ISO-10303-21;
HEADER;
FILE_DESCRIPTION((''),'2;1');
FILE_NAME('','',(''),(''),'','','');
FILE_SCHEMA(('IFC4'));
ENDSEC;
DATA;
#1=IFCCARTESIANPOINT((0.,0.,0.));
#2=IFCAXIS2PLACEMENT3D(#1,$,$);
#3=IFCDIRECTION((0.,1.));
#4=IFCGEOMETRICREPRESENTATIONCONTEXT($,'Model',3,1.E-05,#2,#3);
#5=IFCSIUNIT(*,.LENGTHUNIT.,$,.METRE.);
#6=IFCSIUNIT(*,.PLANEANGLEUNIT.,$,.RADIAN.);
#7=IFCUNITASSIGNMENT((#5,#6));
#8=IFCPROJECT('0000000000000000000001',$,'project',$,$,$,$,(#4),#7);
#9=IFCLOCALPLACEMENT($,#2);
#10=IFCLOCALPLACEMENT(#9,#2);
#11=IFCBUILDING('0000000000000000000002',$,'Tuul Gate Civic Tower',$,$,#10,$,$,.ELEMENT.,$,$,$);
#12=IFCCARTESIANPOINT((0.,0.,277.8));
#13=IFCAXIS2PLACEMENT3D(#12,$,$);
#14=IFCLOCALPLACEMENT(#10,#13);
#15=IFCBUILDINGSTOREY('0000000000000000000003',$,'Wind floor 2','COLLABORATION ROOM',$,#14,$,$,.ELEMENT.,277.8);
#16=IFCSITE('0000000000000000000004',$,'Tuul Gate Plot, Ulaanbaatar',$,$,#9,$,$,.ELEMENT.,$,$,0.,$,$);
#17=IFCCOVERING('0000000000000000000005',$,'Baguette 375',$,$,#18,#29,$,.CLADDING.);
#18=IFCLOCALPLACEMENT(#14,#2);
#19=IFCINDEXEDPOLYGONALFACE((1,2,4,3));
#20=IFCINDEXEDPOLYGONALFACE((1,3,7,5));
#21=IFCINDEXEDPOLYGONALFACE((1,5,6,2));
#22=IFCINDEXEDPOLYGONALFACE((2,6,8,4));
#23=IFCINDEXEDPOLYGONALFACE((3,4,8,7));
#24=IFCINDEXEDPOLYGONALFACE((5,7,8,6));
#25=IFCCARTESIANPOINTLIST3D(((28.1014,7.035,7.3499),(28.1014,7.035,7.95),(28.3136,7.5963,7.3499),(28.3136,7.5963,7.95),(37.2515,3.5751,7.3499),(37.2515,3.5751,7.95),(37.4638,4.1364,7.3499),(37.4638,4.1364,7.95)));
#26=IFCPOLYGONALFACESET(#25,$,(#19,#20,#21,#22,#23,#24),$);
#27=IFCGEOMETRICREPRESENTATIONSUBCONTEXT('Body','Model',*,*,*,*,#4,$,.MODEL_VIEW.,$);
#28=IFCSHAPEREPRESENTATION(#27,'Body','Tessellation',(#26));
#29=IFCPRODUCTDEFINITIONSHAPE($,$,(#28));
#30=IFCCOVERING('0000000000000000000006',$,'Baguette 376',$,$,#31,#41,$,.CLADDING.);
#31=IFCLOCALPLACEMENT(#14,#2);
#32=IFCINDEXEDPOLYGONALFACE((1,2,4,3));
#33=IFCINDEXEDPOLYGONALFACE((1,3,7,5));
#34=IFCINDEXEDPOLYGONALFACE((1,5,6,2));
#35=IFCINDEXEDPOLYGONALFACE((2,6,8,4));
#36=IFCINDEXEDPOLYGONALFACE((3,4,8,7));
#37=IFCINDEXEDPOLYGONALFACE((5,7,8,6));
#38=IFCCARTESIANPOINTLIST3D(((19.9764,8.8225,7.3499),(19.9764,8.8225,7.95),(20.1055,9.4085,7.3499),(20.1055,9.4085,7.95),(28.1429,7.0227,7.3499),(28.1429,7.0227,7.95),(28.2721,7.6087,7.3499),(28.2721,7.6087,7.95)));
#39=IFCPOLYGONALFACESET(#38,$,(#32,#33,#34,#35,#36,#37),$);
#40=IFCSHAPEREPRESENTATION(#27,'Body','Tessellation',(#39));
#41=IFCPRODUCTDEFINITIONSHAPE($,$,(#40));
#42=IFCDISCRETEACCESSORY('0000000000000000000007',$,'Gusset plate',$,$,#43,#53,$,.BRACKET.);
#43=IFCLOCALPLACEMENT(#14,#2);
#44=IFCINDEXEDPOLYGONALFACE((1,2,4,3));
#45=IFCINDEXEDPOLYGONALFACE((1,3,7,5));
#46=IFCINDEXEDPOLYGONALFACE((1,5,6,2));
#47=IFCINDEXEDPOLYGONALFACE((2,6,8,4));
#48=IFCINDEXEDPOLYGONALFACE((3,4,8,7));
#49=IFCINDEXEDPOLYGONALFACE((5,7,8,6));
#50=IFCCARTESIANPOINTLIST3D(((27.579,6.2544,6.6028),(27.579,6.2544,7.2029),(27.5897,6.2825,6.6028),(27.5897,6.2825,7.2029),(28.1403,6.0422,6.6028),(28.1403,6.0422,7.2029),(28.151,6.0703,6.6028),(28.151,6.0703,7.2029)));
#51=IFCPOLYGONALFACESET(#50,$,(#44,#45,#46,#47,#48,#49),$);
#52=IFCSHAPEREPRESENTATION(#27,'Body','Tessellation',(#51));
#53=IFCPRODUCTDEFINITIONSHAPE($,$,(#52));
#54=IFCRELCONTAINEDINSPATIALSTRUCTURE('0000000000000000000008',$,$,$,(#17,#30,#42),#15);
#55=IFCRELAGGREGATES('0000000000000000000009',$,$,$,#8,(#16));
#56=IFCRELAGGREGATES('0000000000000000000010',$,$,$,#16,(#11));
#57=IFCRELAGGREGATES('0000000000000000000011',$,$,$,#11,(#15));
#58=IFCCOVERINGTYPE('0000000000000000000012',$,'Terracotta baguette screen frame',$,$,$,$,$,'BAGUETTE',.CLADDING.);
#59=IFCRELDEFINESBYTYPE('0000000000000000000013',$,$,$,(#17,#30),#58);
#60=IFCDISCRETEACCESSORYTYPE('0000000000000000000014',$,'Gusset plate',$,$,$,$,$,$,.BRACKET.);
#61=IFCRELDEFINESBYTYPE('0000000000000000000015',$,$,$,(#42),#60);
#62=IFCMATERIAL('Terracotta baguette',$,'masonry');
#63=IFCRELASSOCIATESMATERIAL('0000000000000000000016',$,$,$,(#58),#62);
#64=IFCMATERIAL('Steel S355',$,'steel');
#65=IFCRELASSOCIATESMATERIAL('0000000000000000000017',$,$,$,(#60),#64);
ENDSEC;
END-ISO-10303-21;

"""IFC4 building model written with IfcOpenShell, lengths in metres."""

from ifc_helpers import new_model, si_unit, direction, frame, origin, origin_2d, place, context, subcontext, project, spatial, rectangle, extrude, material, material_profile, profile_set, type_object, element, save


model = new_model("IFC4")

# Units and contexts
model_context = context("Model", 3, precision=1e-05, world=origin(), true_north=direction((0.0, 1.0)))
body_context = subcontext(model_context, "Body", "Model", "MODEL_VIEW")
ifc_project = project(units=[si_unit("LENGTHUNIT", "METRE"), si_unit("PLANEANGLEUNIT", "RADIAN")], contexts=[model_context])

# Site, building, storey
site_placement = place(None, origin())
site = spatial("IfcSite", under=ifc_project, at=site_placement, Name="Tuul Gate Plot, Ulaanbaatar", CompositionType="ELEMENT", RefElevation=0.0)
building_placement = place(site_placement, origin())
building = spatial("IfcBuilding", under=site, at=building_placement, Name="Tuul Gate Civic Tower", CompositionType="ELEMENT")
storey_placement = place(building_placement, frame((0.0, 0.0, 277.8)))
storey = spatial("IfcBuildingStorey", under=building, at=storey_placement, Name="Wind floor 2", Description="COLLABORATION ROOM", CompositionType="ELEMENT", Elevation=277.8)

# Coverings
ifc_material_1 = material(Name="Terracotta baguette", Category="masonry")
ifc_material_profile_1 = material_profile(ifc_material_1, rectangle(XDim=0.6001, YDim=0.6001, at=origin_2d()), Name="Terracotta baguette screen frame")
ifc_profile_set_1 = profile_set([ifc_material_profile_1], Name="Terracotta baguette")
covering_type = type_object("IfcCoveringType", Name="Terracotta baguette screen frame", ElementType="BAGUETTE", PredefinedType="CLADDING", material=ifc_profile_set_1)
covering_1_placement = place(storey_placement, frame((37.3577, 3.8557, 7.6499), z_axis=(-0.935363, 0.35369, 0.0), x_axis=(-0.35369, -0.935363, 0.0)))
element("IfcCovering", 1, at=covering_1_placement, inside=storey, type_object=covering_type, Name="Baguette 375", PredefinedType="CLADDING", context=body_context, shape_type="SweptSolid", body=[
    extrude(rectangle(XDim=0.6001, YDim=0.6001, at=origin_2d()), origin(), (0.0, 0.0, 1.0), 9.7825),
])
covering_2_placement = place(storey_placement, frame((28.2075, 7.3157, 7.6499), z_axis=(-0.976565, 0.215224, 0.0), x_axis=(-0.215224, -0.976565, 0.0)))
element("IfcCovering", 2, at=covering_2_placement, inside=storey, type_object=covering_type, Name="Baguette 376", PredefinedType="CLADDING", context=body_context, shape_type="SweptSolid", body=[
    extrude(rectangle(XDim=0.6001, YDim=0.6001, at=origin_2d()), origin(), (0.0, 0.0, 1.0), 8.3625),
])

# Discrete accessory
ifc_material_2 = material(Name="Steel S355", Category="steel")
discrete_accessory_type = type_object("IfcDiscreteAccessoryType", Name="Gusset plate", PredefinedType="BRACKET", material=ifc_material_2)
discrete_accessory_placement = place(storey_placement, frame((27.865, 6.1624, 6.6028), z_axis=(0.0, 0.0, 1.0), x_axis=(0.935344, -0.353739, 0.0)))
element("IfcDiscreteAccessory", 3, at=discrete_accessory_placement, inside=storey, type_object=discrete_accessory_type, Name="Gusset plate", PredefinedType="BRACKET", context=body_context, shape_type="SweptSolid", body=[
    extrude(rectangle(XDim=0.6001, YDim=0.03, at=origin_2d()), origin(), (0.0, 0.0, 1.0), 0.6001),
])

save(model, "model.ifc")
